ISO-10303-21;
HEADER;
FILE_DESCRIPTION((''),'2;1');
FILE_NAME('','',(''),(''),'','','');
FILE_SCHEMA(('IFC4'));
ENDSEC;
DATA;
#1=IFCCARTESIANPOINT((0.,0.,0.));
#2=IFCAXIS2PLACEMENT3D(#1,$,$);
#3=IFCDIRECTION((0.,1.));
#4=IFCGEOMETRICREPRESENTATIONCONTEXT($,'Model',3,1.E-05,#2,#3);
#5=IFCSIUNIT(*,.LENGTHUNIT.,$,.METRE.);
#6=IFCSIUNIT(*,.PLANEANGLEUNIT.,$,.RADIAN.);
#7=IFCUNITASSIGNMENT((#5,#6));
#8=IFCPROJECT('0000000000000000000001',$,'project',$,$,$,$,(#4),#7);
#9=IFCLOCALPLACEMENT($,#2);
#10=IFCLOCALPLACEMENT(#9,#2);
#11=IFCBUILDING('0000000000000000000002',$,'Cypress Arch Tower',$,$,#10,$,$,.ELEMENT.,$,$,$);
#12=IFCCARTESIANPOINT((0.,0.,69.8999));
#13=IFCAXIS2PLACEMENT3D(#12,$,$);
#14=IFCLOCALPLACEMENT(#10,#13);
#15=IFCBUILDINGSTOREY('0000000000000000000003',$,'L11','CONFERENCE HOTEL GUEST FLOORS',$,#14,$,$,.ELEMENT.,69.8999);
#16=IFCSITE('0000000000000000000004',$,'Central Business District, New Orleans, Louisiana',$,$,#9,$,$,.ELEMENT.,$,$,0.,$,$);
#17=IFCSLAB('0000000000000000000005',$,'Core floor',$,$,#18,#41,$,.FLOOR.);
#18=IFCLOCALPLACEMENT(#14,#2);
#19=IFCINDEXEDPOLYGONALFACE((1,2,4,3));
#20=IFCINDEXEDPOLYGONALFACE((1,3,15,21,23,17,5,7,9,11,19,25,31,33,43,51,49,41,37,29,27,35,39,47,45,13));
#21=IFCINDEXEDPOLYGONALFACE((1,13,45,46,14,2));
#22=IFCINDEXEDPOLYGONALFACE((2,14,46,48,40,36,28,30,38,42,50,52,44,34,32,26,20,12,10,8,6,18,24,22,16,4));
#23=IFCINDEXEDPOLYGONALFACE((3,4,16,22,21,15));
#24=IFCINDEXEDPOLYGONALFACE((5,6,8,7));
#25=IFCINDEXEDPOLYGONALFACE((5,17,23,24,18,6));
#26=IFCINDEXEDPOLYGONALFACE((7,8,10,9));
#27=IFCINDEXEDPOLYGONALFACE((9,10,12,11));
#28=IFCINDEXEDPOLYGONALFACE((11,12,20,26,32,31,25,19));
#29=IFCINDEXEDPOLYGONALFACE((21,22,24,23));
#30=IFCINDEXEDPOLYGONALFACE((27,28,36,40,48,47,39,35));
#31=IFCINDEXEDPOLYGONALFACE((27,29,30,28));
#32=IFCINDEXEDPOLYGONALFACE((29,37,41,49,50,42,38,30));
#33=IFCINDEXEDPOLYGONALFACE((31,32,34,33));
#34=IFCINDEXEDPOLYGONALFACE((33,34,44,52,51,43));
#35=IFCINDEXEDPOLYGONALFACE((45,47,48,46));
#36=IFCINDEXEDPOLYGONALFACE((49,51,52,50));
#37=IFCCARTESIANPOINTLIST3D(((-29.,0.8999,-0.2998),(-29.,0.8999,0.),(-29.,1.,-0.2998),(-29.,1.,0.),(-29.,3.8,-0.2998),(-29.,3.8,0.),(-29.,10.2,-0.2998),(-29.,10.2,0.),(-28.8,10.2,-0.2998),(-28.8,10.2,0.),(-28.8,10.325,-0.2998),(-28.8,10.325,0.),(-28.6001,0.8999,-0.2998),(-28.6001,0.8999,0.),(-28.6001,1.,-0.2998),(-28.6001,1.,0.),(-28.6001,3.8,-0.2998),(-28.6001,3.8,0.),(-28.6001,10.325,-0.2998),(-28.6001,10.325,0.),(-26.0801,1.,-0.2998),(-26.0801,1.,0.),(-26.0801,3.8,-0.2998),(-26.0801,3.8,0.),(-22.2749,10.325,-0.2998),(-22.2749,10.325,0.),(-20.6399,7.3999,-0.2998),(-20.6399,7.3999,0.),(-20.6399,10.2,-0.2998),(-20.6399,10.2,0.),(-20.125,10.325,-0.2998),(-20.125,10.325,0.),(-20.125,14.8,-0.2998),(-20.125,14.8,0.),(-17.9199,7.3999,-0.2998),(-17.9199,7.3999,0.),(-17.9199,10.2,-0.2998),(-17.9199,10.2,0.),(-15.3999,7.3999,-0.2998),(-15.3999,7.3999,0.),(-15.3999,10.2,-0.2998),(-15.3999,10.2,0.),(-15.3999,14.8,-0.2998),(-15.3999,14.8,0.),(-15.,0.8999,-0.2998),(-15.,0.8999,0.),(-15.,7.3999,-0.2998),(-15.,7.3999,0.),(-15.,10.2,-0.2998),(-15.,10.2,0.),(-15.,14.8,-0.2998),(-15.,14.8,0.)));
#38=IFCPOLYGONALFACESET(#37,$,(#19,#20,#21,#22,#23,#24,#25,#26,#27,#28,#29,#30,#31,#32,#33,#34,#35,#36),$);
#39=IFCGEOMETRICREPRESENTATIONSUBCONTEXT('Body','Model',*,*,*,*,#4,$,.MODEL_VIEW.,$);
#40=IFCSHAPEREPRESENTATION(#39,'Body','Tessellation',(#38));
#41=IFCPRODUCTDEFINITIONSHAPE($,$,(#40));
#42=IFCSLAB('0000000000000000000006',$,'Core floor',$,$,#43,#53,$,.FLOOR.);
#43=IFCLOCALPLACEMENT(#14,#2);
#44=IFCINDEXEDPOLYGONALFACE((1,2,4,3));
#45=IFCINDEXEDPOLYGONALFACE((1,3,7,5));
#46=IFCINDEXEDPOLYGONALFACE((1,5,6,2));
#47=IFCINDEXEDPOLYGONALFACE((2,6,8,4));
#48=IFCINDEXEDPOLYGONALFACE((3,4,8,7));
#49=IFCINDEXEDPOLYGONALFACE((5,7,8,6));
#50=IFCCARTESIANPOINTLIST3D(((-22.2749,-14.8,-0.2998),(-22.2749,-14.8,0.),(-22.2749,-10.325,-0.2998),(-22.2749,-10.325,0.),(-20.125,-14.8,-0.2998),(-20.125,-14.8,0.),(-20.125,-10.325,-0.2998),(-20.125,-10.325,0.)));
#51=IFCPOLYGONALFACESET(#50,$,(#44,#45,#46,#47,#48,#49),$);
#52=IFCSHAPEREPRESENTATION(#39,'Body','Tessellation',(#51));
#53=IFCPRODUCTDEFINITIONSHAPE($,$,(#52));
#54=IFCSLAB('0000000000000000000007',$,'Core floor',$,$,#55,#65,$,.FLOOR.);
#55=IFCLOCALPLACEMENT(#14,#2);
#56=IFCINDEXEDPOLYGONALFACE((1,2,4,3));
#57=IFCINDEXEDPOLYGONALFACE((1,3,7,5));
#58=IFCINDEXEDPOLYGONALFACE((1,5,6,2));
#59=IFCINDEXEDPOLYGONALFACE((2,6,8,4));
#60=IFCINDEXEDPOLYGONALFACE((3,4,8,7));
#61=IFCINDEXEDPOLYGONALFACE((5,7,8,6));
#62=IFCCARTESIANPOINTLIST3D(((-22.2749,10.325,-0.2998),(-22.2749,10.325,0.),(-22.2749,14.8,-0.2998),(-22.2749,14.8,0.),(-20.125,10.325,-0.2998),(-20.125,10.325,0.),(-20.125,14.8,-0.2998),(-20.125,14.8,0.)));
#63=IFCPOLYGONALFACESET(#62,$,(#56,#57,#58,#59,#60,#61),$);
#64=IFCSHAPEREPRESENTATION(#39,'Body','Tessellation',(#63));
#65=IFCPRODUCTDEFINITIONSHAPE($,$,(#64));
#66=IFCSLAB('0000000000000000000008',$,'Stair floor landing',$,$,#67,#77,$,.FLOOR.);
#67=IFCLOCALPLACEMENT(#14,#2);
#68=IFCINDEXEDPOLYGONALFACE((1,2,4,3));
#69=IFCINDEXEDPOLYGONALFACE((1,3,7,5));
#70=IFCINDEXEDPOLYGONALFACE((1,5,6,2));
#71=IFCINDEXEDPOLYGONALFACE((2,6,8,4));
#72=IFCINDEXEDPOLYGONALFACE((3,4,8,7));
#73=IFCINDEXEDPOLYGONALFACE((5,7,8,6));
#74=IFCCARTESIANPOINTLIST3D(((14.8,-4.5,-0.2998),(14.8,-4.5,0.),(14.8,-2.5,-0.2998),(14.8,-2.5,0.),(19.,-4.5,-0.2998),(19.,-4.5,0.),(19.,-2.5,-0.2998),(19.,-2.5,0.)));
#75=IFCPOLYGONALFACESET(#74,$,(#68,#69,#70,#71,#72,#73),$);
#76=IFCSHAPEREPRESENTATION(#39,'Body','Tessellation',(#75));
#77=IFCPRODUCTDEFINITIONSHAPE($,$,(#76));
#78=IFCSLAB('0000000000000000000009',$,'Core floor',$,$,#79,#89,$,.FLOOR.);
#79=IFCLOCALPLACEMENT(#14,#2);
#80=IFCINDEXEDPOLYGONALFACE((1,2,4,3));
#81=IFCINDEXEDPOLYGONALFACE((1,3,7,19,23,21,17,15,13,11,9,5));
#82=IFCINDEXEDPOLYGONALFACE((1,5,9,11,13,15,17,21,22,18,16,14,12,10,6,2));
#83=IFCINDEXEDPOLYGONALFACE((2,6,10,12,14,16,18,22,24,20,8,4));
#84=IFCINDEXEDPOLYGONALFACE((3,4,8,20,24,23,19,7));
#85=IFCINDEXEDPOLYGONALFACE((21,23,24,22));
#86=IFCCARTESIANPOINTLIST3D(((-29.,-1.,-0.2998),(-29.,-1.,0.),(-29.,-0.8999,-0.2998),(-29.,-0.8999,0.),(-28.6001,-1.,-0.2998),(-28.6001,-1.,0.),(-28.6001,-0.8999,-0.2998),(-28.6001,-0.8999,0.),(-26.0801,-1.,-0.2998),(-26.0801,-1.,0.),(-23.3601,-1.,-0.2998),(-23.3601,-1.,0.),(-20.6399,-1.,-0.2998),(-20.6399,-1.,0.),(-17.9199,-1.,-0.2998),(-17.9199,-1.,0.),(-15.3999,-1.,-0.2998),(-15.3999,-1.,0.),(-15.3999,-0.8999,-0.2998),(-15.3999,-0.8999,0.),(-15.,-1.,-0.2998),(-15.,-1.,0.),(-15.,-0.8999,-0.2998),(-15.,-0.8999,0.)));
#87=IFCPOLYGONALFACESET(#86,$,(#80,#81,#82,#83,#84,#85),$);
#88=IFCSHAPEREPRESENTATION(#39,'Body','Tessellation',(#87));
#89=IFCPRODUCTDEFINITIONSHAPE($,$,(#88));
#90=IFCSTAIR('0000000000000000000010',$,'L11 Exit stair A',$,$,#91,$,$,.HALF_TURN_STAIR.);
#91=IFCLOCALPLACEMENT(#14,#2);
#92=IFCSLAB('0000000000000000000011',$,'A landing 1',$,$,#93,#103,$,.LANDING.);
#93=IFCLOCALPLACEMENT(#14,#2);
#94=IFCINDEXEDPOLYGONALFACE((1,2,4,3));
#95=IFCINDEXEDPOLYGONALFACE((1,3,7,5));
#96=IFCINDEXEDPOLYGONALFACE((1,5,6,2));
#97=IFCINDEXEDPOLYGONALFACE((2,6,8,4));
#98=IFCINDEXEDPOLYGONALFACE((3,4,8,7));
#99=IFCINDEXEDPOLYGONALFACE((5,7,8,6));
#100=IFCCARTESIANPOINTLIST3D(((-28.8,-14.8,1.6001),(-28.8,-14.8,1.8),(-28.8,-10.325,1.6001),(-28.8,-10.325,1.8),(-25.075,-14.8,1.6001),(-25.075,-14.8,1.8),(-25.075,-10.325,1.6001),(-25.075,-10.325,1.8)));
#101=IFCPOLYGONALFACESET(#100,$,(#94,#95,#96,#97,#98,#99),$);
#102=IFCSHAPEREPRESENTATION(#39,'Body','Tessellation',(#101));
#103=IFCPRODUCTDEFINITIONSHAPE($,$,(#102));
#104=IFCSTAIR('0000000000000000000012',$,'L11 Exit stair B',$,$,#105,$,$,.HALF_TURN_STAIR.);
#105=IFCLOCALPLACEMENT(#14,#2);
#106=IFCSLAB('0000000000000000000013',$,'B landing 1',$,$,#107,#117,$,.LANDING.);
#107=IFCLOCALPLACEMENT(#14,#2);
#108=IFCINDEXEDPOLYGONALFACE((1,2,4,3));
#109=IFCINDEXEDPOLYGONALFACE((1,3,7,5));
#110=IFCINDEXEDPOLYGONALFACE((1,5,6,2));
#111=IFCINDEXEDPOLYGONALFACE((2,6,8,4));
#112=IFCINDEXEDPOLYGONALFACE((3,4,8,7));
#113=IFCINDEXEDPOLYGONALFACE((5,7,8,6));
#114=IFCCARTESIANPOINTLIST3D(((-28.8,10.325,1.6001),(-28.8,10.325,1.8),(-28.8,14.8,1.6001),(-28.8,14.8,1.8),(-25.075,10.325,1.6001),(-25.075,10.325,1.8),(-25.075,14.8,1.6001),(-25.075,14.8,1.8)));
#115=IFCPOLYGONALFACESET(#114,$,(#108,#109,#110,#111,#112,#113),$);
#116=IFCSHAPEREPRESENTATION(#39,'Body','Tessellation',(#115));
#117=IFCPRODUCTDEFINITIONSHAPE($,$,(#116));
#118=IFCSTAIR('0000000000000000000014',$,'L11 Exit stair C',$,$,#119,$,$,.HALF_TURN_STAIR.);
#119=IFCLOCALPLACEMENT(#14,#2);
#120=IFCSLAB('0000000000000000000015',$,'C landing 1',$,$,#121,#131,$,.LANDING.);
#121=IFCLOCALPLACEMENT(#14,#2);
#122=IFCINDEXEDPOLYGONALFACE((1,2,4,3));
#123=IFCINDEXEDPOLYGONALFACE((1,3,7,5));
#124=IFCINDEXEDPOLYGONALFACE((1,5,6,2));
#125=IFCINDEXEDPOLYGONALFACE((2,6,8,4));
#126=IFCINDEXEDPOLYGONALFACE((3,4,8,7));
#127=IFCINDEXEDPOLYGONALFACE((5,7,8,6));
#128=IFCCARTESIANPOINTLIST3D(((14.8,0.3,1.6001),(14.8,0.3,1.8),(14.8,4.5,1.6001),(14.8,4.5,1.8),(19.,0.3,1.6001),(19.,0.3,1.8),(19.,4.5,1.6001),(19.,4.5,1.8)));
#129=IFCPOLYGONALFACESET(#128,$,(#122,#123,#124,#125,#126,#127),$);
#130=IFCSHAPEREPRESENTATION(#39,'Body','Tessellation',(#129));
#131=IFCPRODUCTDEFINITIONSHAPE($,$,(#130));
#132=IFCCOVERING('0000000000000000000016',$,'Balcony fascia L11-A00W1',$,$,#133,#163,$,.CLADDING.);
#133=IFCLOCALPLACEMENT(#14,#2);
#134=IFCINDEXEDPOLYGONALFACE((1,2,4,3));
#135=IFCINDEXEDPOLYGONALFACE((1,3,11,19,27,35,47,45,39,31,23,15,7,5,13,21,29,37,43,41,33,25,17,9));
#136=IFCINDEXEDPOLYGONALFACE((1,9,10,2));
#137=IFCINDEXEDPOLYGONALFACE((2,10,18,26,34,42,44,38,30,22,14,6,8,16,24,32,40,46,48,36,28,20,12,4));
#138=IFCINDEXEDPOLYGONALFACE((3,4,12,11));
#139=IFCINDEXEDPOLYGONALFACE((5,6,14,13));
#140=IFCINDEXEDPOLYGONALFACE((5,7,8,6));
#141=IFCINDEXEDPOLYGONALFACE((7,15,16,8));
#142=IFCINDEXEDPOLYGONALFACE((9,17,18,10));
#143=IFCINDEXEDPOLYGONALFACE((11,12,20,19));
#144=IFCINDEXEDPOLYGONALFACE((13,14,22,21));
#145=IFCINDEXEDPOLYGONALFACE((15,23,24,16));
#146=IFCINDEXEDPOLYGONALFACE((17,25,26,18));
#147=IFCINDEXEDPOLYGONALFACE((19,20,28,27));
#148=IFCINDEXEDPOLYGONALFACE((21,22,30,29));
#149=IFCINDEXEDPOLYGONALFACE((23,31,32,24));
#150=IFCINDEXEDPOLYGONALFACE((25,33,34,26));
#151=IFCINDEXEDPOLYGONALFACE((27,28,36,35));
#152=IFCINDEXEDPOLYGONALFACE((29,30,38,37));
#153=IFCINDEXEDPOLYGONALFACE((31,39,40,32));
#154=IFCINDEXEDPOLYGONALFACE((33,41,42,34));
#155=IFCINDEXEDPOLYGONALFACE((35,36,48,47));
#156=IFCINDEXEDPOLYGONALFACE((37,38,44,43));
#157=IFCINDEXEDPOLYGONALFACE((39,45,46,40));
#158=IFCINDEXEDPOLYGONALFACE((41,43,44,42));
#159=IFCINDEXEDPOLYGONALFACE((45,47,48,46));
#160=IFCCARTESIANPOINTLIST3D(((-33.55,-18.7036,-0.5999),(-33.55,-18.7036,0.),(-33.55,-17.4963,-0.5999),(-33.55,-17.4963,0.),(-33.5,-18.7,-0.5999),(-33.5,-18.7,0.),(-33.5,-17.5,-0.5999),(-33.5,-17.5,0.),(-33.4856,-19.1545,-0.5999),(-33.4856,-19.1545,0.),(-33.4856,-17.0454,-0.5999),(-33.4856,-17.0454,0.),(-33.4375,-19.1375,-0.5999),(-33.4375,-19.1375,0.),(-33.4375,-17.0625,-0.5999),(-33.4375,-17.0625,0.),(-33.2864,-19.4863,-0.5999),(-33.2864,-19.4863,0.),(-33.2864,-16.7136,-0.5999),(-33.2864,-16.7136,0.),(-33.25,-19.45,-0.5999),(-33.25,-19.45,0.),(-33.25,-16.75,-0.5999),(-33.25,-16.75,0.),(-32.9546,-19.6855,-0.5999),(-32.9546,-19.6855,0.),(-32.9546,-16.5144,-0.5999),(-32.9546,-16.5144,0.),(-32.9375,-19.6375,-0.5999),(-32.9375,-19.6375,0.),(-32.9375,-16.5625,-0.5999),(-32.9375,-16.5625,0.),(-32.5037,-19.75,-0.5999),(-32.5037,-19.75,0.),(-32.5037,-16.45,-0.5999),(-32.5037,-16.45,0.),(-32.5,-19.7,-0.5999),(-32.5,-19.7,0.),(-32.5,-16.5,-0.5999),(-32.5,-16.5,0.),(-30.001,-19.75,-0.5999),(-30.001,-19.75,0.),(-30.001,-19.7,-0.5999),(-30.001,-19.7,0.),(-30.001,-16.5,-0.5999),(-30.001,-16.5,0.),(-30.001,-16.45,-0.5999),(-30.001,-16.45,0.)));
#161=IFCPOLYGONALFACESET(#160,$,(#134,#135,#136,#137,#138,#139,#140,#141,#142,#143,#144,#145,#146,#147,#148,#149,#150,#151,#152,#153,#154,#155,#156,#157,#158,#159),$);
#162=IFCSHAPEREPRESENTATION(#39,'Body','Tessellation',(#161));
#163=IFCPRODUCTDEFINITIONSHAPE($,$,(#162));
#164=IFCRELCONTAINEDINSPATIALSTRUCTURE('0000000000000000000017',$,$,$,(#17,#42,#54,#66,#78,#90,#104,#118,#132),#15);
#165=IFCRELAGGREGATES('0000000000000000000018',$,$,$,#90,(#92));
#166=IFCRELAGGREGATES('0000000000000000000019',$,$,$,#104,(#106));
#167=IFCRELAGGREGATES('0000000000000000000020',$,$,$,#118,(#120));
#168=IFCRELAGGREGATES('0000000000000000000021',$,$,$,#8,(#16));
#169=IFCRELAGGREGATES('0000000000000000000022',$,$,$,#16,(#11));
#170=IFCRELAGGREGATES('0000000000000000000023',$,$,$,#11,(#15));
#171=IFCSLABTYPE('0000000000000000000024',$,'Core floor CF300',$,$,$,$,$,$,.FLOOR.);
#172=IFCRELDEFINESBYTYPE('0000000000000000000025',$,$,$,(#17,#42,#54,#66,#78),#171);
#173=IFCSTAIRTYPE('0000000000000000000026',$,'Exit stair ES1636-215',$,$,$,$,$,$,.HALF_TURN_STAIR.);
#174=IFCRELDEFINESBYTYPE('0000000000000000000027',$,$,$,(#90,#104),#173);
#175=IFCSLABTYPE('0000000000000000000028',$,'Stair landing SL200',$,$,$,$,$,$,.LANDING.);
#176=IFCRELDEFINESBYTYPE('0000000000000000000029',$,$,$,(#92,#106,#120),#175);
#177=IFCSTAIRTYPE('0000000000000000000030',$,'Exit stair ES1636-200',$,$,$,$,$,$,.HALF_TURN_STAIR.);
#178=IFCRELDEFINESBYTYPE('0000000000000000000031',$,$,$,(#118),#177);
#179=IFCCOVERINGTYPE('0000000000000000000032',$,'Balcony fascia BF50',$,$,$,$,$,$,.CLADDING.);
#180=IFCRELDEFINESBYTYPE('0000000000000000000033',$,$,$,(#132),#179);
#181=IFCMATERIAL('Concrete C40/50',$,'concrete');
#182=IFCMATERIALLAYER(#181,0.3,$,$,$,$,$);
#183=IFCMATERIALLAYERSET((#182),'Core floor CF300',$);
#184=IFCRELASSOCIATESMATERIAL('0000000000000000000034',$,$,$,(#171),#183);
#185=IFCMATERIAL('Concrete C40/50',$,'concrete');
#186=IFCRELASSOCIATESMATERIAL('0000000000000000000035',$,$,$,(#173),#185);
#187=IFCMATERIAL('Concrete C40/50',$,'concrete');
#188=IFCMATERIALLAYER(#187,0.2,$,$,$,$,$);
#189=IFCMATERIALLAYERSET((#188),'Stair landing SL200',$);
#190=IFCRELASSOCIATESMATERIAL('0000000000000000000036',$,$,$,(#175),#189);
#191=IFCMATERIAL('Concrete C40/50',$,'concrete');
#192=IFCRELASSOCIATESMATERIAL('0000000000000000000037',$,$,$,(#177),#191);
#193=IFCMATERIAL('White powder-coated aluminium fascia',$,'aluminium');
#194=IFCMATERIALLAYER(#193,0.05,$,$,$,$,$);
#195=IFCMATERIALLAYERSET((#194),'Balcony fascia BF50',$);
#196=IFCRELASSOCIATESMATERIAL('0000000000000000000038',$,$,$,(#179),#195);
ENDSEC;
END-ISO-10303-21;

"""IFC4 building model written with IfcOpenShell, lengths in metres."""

from ifc_helpers import new_model, si_unit, direction, frame, origin, place, context, subcontext, project, spatial, polyline, outline, extrude, material, layer, layer_set, type_object, element, aggregate, save


model = new_model("IFC4")

# Units and contexts
model_context = context("Model", 3, precision=1e-05, world=origin(), true_north=direction((0.0, 1.0)))
body_context = subcontext(model_context, "Body", "Model", "MODEL_VIEW")
ifc_project = project(units=[si_unit("LENGTHUNIT", "METRE"), si_unit("PLANEANGLEUNIT", "RADIAN")], contexts=[model_context])

# Site, building, storey
site_placement = place(None, origin())
site = spatial("IfcSite", under=ifc_project, at=site_placement, Name="Central Business District, New Orleans, Louisiana", CompositionType="ELEMENT", RefElevation=0.0)
building_placement = place(site_placement, origin())
building = spatial("IfcBuilding", under=site, at=building_placement, Name="Cypress Arch Tower", CompositionType="ELEMENT")
storey_placement = place(building_placement, frame((0.0, 0.0, 69.8999)))
storey = spatial("IfcBuildingStorey", under=building, at=storey_placement, Name="L11", Description="CONFERENCE HOTEL GUEST FLOORS", CompositionType="ELEMENT", Elevation=69.8999)

# Slabs
ifc_material_1 = material(Name="Concrete C40/50", Category="concrete")
ifc_layer_1 = layer(ifc_material_1, 0.3)
ifc_layer_set_1 = layer_set([ifc_layer_1], Name="Core floor CF300")
slab_type_1 = type_object("IfcSlabType", Name="Core floor CF300", PredefinedType="FLOOR", material=ifc_layer_set_1)
slab_1_placement = place(storey_placement, frame((0.0, 0.0, -0.2998)))
element("IfcSlab", 1, at=slab_1_placement, inside=storey, type_object=slab_type_1, Name="Core floor", PredefinedType="FLOOR", context=body_context, shape_type="SweptSolid", body=[
    extrude(outline(polyline([(-29.0, 3.8), (-29.0, 10.2), (-28.8, 10.2), (-28.8, 10.325), (-28.6001, 10.325), (-22.2749, 10.325), (-20.125, 10.325), (-20.125, 14.8), (-15.3999, 14.8), (-15.0, 14.8), (-15.0, 10.2), (-15.3999, 10.2), (-17.9199, 10.2), (-20.6399, 10.2), (-20.6399, 7.3999), (-17.9199, 7.3999), (-15.3999, 7.3999), (-15.0, 7.3999), (-15.0, 0.8999), (-28.6001, 0.8999), (-29.0, 0.8999), (-29.0, 1.0), (-28.6001, 1.0), (-26.0801, 1.0), (-26.0801, 3.8), (-28.6001, 3.8), (-29.0, 3.8)])), origin(), (0.0, 0.0, 1.0), 0.2998),
])
slab_2_placement = place(storey_placement, frame((0.0, 0.0, -0.2998)))
element("IfcSlab", 2, at=slab_2_placement, inside=storey, type_object=slab_type_1, Name="Core floor", PredefinedType="FLOOR", context=body_context, shape_type="SweptSolid", body=[
    extrude(outline(polyline([(-22.2749, -10.325), (-22.2749, -14.8), (-20.125, -14.8), (-20.125, -10.325), (-22.2749, -10.325)])), origin(), (0.0, 0.0, 1.0), 0.2998),
])
slab_3_placement = place(storey_placement, frame((0.0, 0.0, -0.2998)))
element("IfcSlab", 3, at=slab_3_placement, inside=storey, type_object=slab_type_1, Name="Core floor", PredefinedType="FLOOR", context=body_context, shape_type="SweptSolid", body=[
    extrude(outline(polyline([(-20.125, 14.8), (-22.2749, 14.8), (-22.2749, 10.325), (-20.125, 10.325), (-20.125, 14.8)])), origin(), (0.0, 0.0, 1.0), 0.2998),
])
slab_4_placement = place(storey_placement, frame((0.0, 0.0, -0.2998)))
element("IfcSlab", 4, at=slab_4_placement, inside=storey, type_object=slab_type_1, Name="Stair floor landing", PredefinedType="FLOOR", context=body_context, shape_type="SweptSolid", body=[
    extrude(outline(polyline([(19.0, -4.5), (19.0, -2.5), (14.8, -2.5), (14.8, -4.5), (19.0, -4.5)])), origin(), (0.0, 0.0, 1.0), 0.2998),
])
slab_5_placement = place(storey_placement, frame((0.0, 0.0, -0.2998)))
element("IfcSlab", 5, at=slab_5_placement, inside=storey, type_object=slab_type_1, Name="Core floor", PredefinedType="FLOOR", context=body_context, shape_type="SweptSolid", body=[
    extrude(outline(polyline([(-20.6399, -1.0), (-23.3601, -1.0), (-26.0801, -1.0), (-28.6001, -1.0), (-29.0, -1.0), (-29.0, -0.8999), (-28.6001, -0.8999), (-15.3999, -0.8999), (-15.0, -0.8999), (-15.0, -1.0), (-15.3999, -1.0), (-17.9199, -1.0), (-20.6399, -1.0)])), origin(), (0.0, 0.0, 1.0), 0.2998),
])

# Stairs, slabs
ifc_material_2 = material(Name="Concrete C40/50", Category="concrete")
stair_type_1 = type_object("IfcStairType", Name="Exit stair ES1636-215", PredefinedType="HALF_TURN_STAIR", material=ifc_material_2)
stair_1_placement = place(storey_placement, origin())
stair_1 = element("IfcStair", 6, at=stair_1_placement, inside=storey, type_object=stair_type_1, Name="L11 Exit stair A", PredefinedType="HALF_TURN_STAIR")
ifc_material_3 = material(Name="Concrete C40/50", Category="concrete")
ifc_layer_2 = layer(ifc_material_3, 0.2)
ifc_layer_set_2 = layer_set([ifc_layer_2], Name="Stair landing SL200")
slab_type_2 = type_object("IfcSlabType", Name="Stair landing SL200", PredefinedType="LANDING", material=ifc_layer_set_2)
slab_6_placement = place(storey_placement, frame((0.0, 0.0, 1.6001)))
slab_6 = element("IfcSlab", 7, at=slab_6_placement, type_object=slab_type_2, Name="A landing 1", PredefinedType="LANDING", context=body_context, shape_type="SweptSolid", body=[
    extrude(outline(polyline([(-25.075, -10.325), (-28.8, -10.325), (-28.8, -14.8), (-25.075, -14.8), (-25.075, -10.325)])), origin(), (0.0, 0.0, 1.0), 0.2),
])
aggregate(stair_1, [slab_6])
stair_2_placement = place(storey_placement, origin())
stair_2 = element("IfcStair", 8, at=stair_2_placement, inside=storey, type_object=stair_type_1, Name="L11 Exit stair B", PredefinedType="HALF_TURN_STAIR")
slab_7_placement = place(storey_placement, frame((0.0, 0.0, 1.6001)))
slab_7 = element("IfcSlab", 9, at=slab_7_placement, type_object=slab_type_2, Name="B landing 1", PredefinedType="LANDING", context=body_context, shape_type="SweptSolid", body=[
    extrude(outline(polyline([(-25.075, 14.8), (-28.8, 14.8), (-28.8, 10.325), (-25.075, 10.325), (-25.075, 14.8)])), origin(), (0.0, 0.0, 1.0), 0.2),
])
aggregate(stair_2, [slab_7])
ifc_material_4 = material(Name="Concrete C40/50", Category="concrete")
stair_type_2 = type_object("IfcStairType", Name="Exit stair ES1636-200", PredefinedType="HALF_TURN_STAIR", material=ifc_material_4)
stair_3_placement = place(storey_placement, origin())
stair_3 = element("IfcStair", 10, at=stair_3_placement, inside=storey, type_object=stair_type_2, Name="L11 Exit stair C", PredefinedType="HALF_TURN_STAIR")
slab_8_placement = place(storey_placement, frame((0.0, 0.0, 1.6001)))
slab_8 = element("IfcSlab", 11, at=slab_8_placement, type_object=slab_type_2, Name="C landing 1", PredefinedType="LANDING", context=body_context, shape_type="SweptSolid", body=[
    extrude(outline(polyline([(19.0, 0.3), (19.0, 4.5), (14.8, 4.5), (14.8, 0.3), (19.0, 0.3)])), origin(), (0.0, 0.0, 1.0), 0.2),
])
aggregate(stair_3, [slab_8])

# Covering
ifc_material_5 = material(Name="White powder-coated aluminium fascia", Category="aluminium")
ifc_layer_3 = layer(ifc_material_5, 0.05)
ifc_layer_set_3 = layer_set([ifc_layer_3], Name="Balcony fascia BF50")
covering_type_1 = type_object("IfcCoveringType", Name="Balcony fascia BF50", PredefinedType="CLADDING", material=ifc_layer_set_3)
covering_1_placement = place(storey_placement, frame((0.0, 0.0, -0.5999)))
element("IfcCovering", 12, at=covering_1_placement, inside=storey, type_object=covering_type_1, Name="Balcony fascia L11-A00W1", PredefinedType="CLADDING", context=body_context, shape_type="SweptSolid", body=[
    extrude(outline(polyline([(-32.5037, -19.75), (-32.9546, -19.6855), (-33.2864, -19.4863), (-33.4856, -19.1545), (-33.55, -18.7036), (-33.55, -17.4963), (-33.4856, -17.0454), (-33.2864, -16.7136), (-32.9546, -16.5144), (-32.5037, -16.45), (-30.001, -16.45), (-30.001, -16.5), (-32.5, -16.5), (-32.9375, -16.5625), (-33.25, -16.75), (-33.4375, -17.0625), (-33.5, -17.5), (-33.5, -18.7), (-33.4375, -19.1375), (-33.25, -19.45), (-32.9375, -19.6375), (-32.5, -19.7), (-30.001, -19.7), (-30.001, -19.75), (-32.5037, -19.75)])), origin(), (0.0, 0.0, 1.0), 0.5999),
])

save(model, "model.ifc")
